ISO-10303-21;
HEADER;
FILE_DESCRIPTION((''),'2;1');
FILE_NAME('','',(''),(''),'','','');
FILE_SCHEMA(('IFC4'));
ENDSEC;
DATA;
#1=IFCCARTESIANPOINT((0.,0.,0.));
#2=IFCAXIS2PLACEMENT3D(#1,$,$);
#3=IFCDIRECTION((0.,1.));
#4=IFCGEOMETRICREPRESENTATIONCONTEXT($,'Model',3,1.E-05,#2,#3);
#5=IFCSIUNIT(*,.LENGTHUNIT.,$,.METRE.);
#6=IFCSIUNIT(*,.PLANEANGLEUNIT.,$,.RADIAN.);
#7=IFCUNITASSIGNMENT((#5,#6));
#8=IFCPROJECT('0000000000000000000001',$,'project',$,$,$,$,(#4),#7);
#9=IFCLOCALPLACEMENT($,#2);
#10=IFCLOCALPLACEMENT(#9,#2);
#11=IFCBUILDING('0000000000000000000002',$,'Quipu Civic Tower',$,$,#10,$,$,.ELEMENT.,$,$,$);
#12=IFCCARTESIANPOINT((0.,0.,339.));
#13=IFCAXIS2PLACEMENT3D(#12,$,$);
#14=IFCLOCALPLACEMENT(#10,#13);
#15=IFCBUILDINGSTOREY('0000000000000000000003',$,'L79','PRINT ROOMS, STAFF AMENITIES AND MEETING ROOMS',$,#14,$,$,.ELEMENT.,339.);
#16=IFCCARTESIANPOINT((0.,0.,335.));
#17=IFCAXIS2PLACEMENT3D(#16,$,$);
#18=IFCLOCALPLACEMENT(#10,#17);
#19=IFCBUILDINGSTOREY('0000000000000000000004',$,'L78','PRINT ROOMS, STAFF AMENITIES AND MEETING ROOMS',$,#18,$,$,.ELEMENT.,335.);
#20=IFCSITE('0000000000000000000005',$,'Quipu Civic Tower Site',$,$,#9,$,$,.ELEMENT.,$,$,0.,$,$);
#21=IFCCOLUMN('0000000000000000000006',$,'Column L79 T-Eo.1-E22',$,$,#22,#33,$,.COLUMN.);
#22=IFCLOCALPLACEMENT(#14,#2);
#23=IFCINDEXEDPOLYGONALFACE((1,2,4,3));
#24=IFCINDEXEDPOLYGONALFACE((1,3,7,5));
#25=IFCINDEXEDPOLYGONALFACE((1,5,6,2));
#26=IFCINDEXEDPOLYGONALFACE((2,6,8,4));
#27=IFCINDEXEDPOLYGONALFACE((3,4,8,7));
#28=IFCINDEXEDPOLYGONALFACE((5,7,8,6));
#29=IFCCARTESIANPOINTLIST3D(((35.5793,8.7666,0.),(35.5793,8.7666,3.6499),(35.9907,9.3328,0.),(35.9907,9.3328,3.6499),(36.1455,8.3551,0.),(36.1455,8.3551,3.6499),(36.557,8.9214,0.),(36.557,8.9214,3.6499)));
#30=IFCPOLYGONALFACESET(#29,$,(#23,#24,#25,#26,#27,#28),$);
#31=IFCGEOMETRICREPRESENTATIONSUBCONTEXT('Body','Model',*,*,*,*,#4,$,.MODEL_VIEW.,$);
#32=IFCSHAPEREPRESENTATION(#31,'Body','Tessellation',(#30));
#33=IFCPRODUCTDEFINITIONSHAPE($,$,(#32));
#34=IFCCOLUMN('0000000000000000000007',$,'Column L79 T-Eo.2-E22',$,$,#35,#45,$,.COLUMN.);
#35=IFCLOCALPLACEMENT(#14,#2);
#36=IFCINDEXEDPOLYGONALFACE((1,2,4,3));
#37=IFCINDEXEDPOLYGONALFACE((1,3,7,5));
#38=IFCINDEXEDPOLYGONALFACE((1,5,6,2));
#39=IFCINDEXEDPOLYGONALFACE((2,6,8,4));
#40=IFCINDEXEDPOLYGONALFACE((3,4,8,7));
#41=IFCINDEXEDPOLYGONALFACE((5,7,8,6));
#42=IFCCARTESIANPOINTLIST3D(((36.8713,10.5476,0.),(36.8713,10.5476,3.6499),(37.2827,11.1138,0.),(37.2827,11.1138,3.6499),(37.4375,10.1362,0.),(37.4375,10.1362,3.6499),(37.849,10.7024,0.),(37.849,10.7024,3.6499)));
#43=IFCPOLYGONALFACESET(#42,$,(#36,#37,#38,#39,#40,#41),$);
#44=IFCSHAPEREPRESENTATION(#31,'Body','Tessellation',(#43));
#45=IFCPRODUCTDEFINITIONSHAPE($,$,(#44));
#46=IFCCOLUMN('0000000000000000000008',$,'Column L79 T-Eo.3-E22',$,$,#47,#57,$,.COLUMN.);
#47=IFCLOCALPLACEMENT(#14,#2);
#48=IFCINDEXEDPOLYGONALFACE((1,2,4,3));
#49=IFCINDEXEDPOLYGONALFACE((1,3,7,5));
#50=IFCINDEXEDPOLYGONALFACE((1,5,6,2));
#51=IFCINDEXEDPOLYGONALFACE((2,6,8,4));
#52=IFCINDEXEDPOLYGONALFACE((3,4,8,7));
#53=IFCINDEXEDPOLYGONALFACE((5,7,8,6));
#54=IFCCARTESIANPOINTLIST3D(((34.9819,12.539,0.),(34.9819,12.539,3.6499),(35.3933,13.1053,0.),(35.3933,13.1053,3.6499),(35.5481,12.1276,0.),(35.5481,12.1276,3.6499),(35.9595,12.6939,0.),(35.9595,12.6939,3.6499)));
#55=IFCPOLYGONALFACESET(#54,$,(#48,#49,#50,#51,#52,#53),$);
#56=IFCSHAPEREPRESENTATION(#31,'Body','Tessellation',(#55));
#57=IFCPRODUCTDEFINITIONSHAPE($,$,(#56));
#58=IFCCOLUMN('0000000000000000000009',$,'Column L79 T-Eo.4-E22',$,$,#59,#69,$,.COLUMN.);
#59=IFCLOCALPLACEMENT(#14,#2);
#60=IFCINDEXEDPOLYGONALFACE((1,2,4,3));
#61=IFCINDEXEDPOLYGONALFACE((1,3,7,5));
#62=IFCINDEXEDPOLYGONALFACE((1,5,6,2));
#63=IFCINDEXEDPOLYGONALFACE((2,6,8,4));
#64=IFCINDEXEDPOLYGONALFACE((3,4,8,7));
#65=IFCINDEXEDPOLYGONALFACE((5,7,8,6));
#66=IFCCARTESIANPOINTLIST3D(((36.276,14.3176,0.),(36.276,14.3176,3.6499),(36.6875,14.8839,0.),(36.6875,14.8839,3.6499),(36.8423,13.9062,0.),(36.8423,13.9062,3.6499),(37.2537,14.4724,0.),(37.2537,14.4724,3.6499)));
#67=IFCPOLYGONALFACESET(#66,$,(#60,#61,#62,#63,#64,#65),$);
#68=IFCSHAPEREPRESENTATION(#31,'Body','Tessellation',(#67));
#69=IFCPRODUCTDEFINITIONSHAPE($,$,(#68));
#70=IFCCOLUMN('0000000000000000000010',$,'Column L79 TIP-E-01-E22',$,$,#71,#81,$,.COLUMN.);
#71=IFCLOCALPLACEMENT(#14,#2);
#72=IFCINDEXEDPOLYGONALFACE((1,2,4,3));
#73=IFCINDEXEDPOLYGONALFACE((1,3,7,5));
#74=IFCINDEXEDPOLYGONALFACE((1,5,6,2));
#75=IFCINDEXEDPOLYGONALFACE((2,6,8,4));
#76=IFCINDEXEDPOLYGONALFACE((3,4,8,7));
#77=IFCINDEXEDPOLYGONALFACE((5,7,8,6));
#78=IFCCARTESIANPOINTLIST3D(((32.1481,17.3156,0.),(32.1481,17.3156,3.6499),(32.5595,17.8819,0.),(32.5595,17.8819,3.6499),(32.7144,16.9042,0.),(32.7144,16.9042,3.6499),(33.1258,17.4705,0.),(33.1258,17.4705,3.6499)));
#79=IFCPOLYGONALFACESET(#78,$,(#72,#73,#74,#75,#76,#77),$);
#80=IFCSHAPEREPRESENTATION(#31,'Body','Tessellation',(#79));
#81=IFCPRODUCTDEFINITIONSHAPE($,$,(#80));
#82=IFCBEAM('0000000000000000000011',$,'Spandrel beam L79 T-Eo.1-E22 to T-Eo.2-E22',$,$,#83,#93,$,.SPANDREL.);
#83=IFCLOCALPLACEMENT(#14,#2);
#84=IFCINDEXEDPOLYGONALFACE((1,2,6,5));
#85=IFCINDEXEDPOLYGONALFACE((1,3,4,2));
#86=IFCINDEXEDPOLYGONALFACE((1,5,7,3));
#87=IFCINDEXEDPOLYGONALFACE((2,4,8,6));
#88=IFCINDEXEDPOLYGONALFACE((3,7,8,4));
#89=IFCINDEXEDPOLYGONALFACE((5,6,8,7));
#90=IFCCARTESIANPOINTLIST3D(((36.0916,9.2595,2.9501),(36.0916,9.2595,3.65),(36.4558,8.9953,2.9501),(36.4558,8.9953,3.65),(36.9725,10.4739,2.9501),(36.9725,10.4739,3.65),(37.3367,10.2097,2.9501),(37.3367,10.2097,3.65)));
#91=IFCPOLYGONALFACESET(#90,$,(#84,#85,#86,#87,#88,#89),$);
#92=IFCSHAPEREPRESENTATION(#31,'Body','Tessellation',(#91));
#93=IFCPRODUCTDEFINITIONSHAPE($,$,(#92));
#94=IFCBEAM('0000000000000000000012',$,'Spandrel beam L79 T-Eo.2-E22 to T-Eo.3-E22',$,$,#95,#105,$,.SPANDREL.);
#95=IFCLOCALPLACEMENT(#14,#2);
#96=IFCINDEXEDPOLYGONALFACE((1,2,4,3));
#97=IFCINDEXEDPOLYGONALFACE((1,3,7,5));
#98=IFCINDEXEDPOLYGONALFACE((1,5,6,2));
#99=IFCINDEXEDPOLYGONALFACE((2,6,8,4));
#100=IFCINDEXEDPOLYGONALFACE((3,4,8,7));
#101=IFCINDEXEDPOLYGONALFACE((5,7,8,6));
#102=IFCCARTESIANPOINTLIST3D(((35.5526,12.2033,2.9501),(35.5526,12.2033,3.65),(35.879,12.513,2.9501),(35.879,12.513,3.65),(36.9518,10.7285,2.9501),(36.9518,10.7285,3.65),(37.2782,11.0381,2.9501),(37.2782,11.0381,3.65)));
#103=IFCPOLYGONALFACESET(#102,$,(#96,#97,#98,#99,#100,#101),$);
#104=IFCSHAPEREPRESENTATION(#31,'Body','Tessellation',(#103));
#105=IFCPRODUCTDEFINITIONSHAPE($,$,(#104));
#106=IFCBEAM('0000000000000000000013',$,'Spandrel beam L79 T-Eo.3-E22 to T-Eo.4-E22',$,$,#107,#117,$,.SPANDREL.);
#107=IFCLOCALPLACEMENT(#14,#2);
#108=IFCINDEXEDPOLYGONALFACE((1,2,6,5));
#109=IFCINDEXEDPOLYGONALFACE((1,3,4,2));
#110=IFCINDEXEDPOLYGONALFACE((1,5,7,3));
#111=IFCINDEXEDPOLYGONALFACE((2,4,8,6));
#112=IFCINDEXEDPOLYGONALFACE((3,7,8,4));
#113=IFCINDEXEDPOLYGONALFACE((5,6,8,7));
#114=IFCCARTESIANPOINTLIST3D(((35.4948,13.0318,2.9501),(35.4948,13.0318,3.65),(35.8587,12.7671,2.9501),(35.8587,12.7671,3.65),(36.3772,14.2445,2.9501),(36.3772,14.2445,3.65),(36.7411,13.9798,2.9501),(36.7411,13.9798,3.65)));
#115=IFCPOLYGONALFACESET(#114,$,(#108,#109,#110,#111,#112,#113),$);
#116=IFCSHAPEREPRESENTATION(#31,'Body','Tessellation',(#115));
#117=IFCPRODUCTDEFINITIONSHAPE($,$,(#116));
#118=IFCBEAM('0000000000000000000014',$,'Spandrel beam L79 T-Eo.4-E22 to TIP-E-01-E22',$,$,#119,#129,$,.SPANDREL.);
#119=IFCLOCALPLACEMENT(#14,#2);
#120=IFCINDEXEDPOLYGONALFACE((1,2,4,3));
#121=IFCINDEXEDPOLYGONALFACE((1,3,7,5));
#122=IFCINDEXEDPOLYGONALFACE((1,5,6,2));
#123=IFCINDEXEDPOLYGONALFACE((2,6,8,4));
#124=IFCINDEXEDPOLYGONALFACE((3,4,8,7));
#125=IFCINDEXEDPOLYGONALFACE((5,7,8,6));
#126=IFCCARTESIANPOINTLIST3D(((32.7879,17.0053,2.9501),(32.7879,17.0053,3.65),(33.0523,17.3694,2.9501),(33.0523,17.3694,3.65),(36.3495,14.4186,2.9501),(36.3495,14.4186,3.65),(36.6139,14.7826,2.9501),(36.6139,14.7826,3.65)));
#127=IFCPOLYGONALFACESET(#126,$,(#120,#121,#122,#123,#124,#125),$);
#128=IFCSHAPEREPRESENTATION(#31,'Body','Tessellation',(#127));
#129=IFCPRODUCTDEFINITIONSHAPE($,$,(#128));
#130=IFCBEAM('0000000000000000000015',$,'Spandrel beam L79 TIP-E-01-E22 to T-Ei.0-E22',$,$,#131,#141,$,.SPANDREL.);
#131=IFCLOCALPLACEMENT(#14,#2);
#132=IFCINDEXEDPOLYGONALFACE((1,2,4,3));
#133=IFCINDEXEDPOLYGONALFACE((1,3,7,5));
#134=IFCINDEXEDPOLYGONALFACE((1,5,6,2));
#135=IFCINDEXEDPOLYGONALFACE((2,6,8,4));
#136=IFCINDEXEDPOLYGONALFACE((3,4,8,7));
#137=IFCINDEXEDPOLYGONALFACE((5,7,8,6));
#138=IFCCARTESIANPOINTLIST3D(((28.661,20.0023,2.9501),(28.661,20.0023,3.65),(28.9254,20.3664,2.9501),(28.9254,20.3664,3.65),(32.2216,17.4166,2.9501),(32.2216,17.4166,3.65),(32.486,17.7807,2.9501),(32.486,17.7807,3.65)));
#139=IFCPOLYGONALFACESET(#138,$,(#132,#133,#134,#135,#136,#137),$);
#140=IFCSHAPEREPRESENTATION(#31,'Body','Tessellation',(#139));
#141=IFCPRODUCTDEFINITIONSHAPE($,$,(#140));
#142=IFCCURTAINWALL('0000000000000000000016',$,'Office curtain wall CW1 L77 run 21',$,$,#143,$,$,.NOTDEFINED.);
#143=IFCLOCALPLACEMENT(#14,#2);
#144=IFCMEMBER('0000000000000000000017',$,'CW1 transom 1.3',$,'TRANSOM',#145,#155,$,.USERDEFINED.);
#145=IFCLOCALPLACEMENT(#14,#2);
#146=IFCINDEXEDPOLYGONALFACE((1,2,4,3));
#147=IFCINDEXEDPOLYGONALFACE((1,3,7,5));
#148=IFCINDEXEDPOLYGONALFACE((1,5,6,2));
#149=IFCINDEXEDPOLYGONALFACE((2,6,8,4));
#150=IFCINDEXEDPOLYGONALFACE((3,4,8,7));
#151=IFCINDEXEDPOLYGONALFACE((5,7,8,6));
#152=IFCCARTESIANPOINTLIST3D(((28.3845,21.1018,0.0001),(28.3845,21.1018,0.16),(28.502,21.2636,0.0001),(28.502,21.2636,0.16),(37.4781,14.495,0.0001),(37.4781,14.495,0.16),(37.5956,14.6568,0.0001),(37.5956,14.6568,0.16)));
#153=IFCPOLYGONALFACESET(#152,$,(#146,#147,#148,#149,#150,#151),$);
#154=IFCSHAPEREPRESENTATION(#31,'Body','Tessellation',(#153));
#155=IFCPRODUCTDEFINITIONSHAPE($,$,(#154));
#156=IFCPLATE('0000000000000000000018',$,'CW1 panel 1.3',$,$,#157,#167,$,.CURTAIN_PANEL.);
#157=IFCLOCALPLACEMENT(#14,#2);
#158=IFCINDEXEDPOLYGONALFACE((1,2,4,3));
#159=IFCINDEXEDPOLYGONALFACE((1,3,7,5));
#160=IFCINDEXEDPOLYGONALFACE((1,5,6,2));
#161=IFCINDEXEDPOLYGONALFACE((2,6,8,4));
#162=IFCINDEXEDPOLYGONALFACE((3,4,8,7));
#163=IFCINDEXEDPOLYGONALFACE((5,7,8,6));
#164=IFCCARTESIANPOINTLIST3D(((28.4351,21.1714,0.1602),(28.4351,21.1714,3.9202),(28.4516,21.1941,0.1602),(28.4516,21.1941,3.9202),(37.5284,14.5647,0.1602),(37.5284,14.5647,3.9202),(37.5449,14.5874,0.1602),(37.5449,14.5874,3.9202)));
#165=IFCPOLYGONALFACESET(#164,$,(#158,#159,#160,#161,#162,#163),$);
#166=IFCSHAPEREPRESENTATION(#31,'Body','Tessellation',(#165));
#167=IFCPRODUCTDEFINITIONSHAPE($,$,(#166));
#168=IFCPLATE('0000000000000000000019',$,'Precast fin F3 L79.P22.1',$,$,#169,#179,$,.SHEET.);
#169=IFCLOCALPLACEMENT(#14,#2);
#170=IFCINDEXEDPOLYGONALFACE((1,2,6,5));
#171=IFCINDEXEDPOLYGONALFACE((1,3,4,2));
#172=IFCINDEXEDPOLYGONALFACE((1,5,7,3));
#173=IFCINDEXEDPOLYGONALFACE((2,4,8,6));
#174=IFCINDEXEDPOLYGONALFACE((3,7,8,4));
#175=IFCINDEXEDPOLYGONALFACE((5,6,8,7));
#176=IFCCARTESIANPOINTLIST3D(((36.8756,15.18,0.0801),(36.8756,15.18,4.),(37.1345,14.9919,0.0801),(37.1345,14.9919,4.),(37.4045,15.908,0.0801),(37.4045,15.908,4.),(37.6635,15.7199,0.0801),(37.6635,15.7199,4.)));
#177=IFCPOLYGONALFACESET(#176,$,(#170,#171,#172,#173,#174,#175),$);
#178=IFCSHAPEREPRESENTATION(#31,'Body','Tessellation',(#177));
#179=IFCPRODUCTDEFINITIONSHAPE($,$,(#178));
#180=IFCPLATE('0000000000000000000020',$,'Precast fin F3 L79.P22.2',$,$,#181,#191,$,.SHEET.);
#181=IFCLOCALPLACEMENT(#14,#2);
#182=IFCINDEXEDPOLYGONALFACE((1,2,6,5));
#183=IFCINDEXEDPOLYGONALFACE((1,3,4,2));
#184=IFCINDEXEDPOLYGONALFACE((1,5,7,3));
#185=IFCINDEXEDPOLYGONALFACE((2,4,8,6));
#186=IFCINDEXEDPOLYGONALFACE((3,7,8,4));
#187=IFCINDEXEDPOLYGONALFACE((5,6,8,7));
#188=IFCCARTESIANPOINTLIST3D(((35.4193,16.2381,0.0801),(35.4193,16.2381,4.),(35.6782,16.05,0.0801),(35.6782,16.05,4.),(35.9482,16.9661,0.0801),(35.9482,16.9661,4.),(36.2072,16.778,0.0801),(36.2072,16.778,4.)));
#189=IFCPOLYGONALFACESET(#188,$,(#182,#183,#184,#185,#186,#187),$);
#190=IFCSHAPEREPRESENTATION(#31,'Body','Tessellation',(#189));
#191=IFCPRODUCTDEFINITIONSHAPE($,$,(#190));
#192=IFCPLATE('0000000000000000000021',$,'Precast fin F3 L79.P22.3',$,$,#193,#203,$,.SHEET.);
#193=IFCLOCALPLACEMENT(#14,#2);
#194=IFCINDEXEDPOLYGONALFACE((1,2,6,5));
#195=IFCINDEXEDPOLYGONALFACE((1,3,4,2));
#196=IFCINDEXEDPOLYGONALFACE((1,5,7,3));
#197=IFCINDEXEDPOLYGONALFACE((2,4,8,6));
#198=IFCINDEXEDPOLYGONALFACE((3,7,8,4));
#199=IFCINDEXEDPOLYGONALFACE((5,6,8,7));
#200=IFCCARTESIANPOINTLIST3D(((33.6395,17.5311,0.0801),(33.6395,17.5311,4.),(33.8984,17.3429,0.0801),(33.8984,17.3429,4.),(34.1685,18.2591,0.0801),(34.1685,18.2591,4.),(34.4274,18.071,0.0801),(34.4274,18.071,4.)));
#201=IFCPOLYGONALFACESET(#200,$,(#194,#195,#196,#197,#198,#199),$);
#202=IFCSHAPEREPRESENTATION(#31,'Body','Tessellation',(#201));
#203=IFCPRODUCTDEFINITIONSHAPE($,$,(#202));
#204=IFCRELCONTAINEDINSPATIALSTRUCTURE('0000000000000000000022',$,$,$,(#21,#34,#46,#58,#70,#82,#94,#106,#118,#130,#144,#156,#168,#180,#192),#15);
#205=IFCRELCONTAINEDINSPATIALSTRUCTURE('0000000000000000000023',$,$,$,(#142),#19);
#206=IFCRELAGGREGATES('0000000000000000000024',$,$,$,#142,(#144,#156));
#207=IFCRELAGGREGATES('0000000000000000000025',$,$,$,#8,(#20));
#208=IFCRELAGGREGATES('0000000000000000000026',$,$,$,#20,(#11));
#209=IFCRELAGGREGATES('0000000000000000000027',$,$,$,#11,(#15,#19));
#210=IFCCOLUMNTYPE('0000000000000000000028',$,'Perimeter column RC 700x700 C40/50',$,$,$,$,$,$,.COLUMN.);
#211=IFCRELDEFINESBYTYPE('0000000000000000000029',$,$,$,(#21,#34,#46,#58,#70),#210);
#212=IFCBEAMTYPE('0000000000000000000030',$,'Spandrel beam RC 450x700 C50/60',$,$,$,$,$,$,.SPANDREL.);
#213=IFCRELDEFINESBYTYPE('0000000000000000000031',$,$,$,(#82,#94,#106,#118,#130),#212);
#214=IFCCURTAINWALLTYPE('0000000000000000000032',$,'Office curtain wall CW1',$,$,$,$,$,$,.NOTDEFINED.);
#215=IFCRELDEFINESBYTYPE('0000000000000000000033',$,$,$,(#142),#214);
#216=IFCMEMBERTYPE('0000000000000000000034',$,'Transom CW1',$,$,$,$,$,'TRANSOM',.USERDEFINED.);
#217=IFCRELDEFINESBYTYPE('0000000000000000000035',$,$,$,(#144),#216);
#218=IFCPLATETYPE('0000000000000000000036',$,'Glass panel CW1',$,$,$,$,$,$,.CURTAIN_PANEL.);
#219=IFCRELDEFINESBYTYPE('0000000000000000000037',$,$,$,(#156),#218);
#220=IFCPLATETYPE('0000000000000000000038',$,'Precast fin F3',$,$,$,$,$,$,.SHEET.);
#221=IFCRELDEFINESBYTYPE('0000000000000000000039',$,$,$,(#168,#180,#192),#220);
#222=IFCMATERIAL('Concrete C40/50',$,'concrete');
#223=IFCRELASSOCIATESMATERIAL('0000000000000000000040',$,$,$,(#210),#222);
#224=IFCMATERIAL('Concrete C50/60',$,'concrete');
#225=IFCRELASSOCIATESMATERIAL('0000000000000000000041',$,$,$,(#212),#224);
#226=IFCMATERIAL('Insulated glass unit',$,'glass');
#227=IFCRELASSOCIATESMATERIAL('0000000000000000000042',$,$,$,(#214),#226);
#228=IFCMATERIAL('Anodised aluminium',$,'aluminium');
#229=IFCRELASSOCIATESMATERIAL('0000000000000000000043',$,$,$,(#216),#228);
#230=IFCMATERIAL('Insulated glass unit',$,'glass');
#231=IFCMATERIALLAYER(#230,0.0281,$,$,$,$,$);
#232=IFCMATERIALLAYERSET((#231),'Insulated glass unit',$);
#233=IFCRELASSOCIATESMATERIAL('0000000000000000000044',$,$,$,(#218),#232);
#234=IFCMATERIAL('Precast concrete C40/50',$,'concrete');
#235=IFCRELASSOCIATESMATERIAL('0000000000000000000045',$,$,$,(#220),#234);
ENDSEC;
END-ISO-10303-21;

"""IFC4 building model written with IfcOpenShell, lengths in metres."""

from ifc_helpers import new_model, si_unit, direction, frame, origin, origin_2d, place, context, subcontext, project, spatial, rectangle, extrude, material, layer, layer_set, material_profile, profile_set, type_object, element, aggregate, save


model = new_model("IFC4")

# Units and contexts
model_context = context("Model", 3, precision=1e-05, world=origin(), true_north=direction((0.0, 1.0)))
body_context = subcontext(model_context, "Body", "Model", "MODEL_VIEW")
ifc_project = project(units=[si_unit("LENGTHUNIT", "METRE"), si_unit("PLANEANGLEUNIT", "RADIAN")], contexts=[model_context])

# Site, building, storey
site_placement = place(None, origin())
site = spatial("IfcSite", under=ifc_project, at=site_placement, Name="Quipu Civic Tower Site", CompositionType="ELEMENT", RefElevation=0.0)
building_placement = place(site_placement, origin())
building = spatial("IfcBuilding", under=site, at=building_placement, Name="Quipu Civic Tower", CompositionType="ELEMENT")
storey_1_placement = place(building_placement, frame((0.0, 0.0, 339.0)))
storey_1 = spatial("IfcBuildingStorey", under=building, at=storey_1_placement, Name="L79", Description="PRINT ROOMS, STAFF AMENITIES AND MEETING ROOMS", CompositionType="ELEMENT", Elevation=339.0)

# Columns
ifc_material_1 = material(Name="Concrete C40/50", Category="concrete")
ifc_material_profile_1 = material_profile(ifc_material_1, rectangle(XDim=0.7, YDim=0.7, at=origin_2d()), Name="RC700x700")
ifc_profile_set_1 = profile_set([ifc_material_profile_1], Name="Concrete C40/50")
column_type = type_object("IfcColumnType", Name="Perimeter column RC 700x700 C40/50", PredefinedType="COLUMN", material=ifc_profile_set_1)
for number, where, z_axis, x_axis, name in (
    (1, (36.0681, 8.844, 0.0), (0.0, 0.0, 1.0), (0.587785, 0.809017, 0.0), "Column L79 T-Eo.1-E22"),
    (2, (37.3601, 10.625, 0.0), (0.0, 0.0, 1.0), (0.587785, 0.809017, 0.0), "Column L79 T-Eo.2-E22"),
    (3, (35.4707, 12.6165, 0.0), (0.0, 0.0, 1.0), (-0.809017, 0.587785, 0.0), "Column L79 T-Eo.3-E22"),
    (4, (36.7649, 14.395, 0.0), (0.0, 0.0, 1.0), (-0.809017, 0.587785, 0.0), "Column L79 T-Eo.4-E22"),
    (5, (32.637, 17.3931, 0.0), (0.0, 0.0, 1.0), (-0.809017, 0.587785, 0.0), "Column L79 TIP-E-01-E22"),
):
    element("IfcColumn", number, at=place(storey_1_placement, frame(where, z_axis=z_axis, x_axis=x_axis)), inside=storey_1, type_object=column_type, Name=name, PredefinedType="COLUMN", context=body_context, shape_type="SweptSolid", body=[
        extrude(rectangle(XDim=0.7, YDim=0.7, at=origin_2d()), origin(), (0.0, 0.0, 1.0), 3.6499),
    ])

# Beams
ifc_material_2 = material(Name="Concrete C50/60", Category="concrete")
ifc_material_profile_2 = material_profile(ifc_material_2, rectangle(XDim=0.45, YDim=0.7, at=origin_2d()), Name="RC450x700")
ifc_profile_set_2 = profile_set([ifc_material_profile_2], Name="Concrete C50/60")
beam_type = type_object("IfcBeamType", Name="Spandrel beam RC 450x700 C50/60", PredefinedType="SPANDREL", material=ifc_profile_set_2)
beam_1_placement = place(storey_1_placement, frame((36.2737, 9.1274, 3.3), z_axis=(0.587165, 0.809467, 0.0), x_axis=(-0.809467, 0.587165, 0.0)))
element("IfcBeam", 6, at=beam_1_placement, inside=storey_1, type_object=beam_type, Name="Spandrel beam L79 T-Eo.1-E22 to T-Eo.2-E22", PredefinedType="SPANDREL", context=body_context, shape_type="SweptSolid", body=[
    extrude(rectangle(XDim=0.45, YDim=0.7, at=origin_2d()), origin(), (0.0, 0.0, 1.0), 1.5002),
])
beam_2_placement = place(storey_1_placement, frame((37.115, 10.8833, 3.3), z_axis=(-0.688247, 0.725476, 0.0), x_axis=(-0.725476, -0.688247, 0.0)))
element("IfcBeam", 7, at=beam_2_placement, inside=storey_1, type_object=beam_type, Name="Spandrel beam L79 T-Eo.2-E22 to T-Eo.3-E22", PredefinedType="SPANDREL", context=body_context, shape_type="SweptSolid", body=[
    extrude(rectangle(XDim=0.45, YDim=0.7, at=origin_2d()), origin(), (0.0, 0.0, 1.0), 2.033),
])
beam_3_placement = place(storey_1_placement, frame((35.6768, 12.8994, 3.3), z_axis=(0.588346, 0.808609, 0.0), x_axis=(-0.808609, 0.588346, 0.0)))
element("IfcBeam", 8, at=beam_3_placement, inside=storey_1, type_object=beam_type, Name="Spandrel beam L79 T-Eo.3-E22 to T-Eo.4-E22", PredefinedType="SPANDREL", context=body_context, shape_type="SweptSolid", body=[
    extrude(rectangle(XDim=0.45, YDim=0.7, at=origin_2d()), origin(), (0.0, 0.0, 1.0), 1.4998),
])
beam_4_placement = place(storey_1_placement, frame((36.4817, 14.6006, 3.3), z_axis=(-0.809117, 0.587647, 0.0), x_axis=(-0.587647, -0.809117, 0.0)))
element("IfcBeam", 9, at=beam_4_placement, inside=storey_1, type_object=beam_type, Name="Spandrel beam L79 T-Eo.4-E22 to TIP-E-01-E22", PredefinedType="SPANDREL", context=body_context, shape_type="SweptSolid", body=[
    extrude(rectangle(XDim=0.45, YDim=0.7, at=origin_2d()), origin(), (0.0, 0.0, 1.0), 4.4019),
])
beam_5_placement = place(storey_1_placement, frame((32.3538, 17.5986, 3.3), z_axis=(-0.809146, 0.587607, 0.0), x_axis=(-0.587607, -0.809146, 0.0)))
element("IfcBeam", 10, at=beam_5_placement, inside=storey_1, type_object=beam_type, Name="Spandrel beam L79 TIP-E-01-E22 to T-Ei.0-E22", PredefinedType="SPANDREL", context=body_context, shape_type="SweptSolid", body=[
    extrude(rectangle(XDim=0.45, YDim=0.7, at=origin_2d()), origin(), (0.0, 0.0, 1.0), 4.4004),
])

# Shared definitions
storey_2_placement = place(building_placement, frame((0.0, 0.0, 335.0)))
storey_2 = spatial("IfcBuildingStorey", under=building, at=storey_2_placement, Name="L78", Description="PRINT ROOMS, STAFF AMENITIES AND MEETING ROOMS", CompositionType="ELEMENT", Elevation=335.0)

# Curtain wall, member, plate
ifc_material_3 = material(Name="Insulated glass unit", Category="glass")
curtain_wall_type = type_object("IfcCurtainWallType", Name="Office curtain wall CW1", PredefinedType="NOTDEFINED", material=ifc_material_3)
curtain_wall_placement = place(storey_2_placement, origin())
curtain_wall = element("IfcCurtainWall", 11, at=curtain_wall_placement, inside=storey_2, type_object=curtain_wall_type, Name="Office curtain wall CW1 L77 run 21", PredefinedType="NOTDEFINED")
ifc_material_4 = material(Name="Anodised aluminium", Category="aluminium")
ifc_material_profile_3 = material_profile(ifc_material_4, rectangle(XDim=0.2, YDim=0.1599, at=origin_2d()), Name="RECT 200x160")
ifc_profile_set_3 = profile_set([ifc_material_profile_3], Name="Anodised aluminium")
member_type = type_object("IfcMemberType", Name="Transom CW1", ElementType="TRANSOM", PredefinedType="USERDEFINED", material=ifc_profile_set_3)
member_placement = place(storey_1_placement, frame((37.5369, 14.5759, 0.0801), z_axis=(-0.809022, 0.587778, 0.0), x_axis=(-0.587778, -0.809022, 0.0)))
member = element("IfcMember", 12, at=member_placement, inside=storey_1, type_object=member_type, Name="CW1 transom 1.3", ObjectType="TRANSOM", PredefinedType="USERDEFINED", context=body_context, shape_type="SweptSolid", body=[
    extrude(rectangle(XDim=0.2, YDim=0.1599, at=origin_2d()), origin(), (0.0, 0.0, 1.0), 11.2402),
])
ifc_material_5 = material(Name="Insulated glass unit", Category="glass")
ifc_layer = layer(ifc_material_5, 0.0281)
ifc_layer_set = layer_set([ifc_layer], Name="Insulated glass unit")
plate_type_1 = type_object("IfcPlateType", Name="Glass panel CW1", PredefinedType="CURTAIN_PANEL", material=ifc_layer_set)
plate_placement = place(storey_1_placement, frame((32.99, 17.8794, 0.1602), z_axis=(0.0, 0.0, 1.0), x_axis=(-0.809015, 0.587788, 0.0)))
plate = element("IfcPlate", 13, at=plate_placement, inside=storey_1, type_object=plate_type_1, Name="CW1 panel 1.3", PredefinedType="CURTAIN_PANEL", context=body_context, shape_type="SweptSolid", body=[
    extrude(rectangle(XDim=11.24, YDim=0.0281, at=origin_2d()), origin(), (0.0, 0.0, 1.0), 3.76),
])
aggregate(curtain_wall, [member, plate])

# Plates
ifc_material_6 = material(Name="Precast concrete C40/50", Category="concrete")
plate_type_2 = type_object("IfcPlateType", Name="Precast fin F3", PredefinedType="SHEET", material=ifc_material_6)
for number, where, z_axis, x_axis, name in (
    (14, (37.2695, 15.45, 0.0801), (0.0, 0.0, 1.0), (-0.809017, 0.587785, 0.0), "Precast fin F3 L79.P22.1"),
    (15, (35.8132, 16.5081, 0.0801), (0.0, 0.0, 1.0), (-0.809017, 0.587785, 0.0), "Precast fin F3 L79.P22.2"),
    (16, (34.0334, 17.801, 0.0801), (0.0, 0.0, 1.0), (-0.809017, 0.587785, 0.0), "Precast fin F3 L79.P22.3"),
):
    element("IfcPlate", number, at=place(storey_1_placement, frame(where, z_axis=z_axis, x_axis=x_axis)), inside=storey_1, type_object=plate_type_2, Name=name, PredefinedType="SHEET", context=body_context, shape_type="SweptSolid", body=[
        extrude(rectangle(XDim=0.3201, YDim=0.8999, at=origin_2d()), origin(), (0.0, 0.0, 1.0), 3.9199),
    ])

save(model, "model.ifc")
